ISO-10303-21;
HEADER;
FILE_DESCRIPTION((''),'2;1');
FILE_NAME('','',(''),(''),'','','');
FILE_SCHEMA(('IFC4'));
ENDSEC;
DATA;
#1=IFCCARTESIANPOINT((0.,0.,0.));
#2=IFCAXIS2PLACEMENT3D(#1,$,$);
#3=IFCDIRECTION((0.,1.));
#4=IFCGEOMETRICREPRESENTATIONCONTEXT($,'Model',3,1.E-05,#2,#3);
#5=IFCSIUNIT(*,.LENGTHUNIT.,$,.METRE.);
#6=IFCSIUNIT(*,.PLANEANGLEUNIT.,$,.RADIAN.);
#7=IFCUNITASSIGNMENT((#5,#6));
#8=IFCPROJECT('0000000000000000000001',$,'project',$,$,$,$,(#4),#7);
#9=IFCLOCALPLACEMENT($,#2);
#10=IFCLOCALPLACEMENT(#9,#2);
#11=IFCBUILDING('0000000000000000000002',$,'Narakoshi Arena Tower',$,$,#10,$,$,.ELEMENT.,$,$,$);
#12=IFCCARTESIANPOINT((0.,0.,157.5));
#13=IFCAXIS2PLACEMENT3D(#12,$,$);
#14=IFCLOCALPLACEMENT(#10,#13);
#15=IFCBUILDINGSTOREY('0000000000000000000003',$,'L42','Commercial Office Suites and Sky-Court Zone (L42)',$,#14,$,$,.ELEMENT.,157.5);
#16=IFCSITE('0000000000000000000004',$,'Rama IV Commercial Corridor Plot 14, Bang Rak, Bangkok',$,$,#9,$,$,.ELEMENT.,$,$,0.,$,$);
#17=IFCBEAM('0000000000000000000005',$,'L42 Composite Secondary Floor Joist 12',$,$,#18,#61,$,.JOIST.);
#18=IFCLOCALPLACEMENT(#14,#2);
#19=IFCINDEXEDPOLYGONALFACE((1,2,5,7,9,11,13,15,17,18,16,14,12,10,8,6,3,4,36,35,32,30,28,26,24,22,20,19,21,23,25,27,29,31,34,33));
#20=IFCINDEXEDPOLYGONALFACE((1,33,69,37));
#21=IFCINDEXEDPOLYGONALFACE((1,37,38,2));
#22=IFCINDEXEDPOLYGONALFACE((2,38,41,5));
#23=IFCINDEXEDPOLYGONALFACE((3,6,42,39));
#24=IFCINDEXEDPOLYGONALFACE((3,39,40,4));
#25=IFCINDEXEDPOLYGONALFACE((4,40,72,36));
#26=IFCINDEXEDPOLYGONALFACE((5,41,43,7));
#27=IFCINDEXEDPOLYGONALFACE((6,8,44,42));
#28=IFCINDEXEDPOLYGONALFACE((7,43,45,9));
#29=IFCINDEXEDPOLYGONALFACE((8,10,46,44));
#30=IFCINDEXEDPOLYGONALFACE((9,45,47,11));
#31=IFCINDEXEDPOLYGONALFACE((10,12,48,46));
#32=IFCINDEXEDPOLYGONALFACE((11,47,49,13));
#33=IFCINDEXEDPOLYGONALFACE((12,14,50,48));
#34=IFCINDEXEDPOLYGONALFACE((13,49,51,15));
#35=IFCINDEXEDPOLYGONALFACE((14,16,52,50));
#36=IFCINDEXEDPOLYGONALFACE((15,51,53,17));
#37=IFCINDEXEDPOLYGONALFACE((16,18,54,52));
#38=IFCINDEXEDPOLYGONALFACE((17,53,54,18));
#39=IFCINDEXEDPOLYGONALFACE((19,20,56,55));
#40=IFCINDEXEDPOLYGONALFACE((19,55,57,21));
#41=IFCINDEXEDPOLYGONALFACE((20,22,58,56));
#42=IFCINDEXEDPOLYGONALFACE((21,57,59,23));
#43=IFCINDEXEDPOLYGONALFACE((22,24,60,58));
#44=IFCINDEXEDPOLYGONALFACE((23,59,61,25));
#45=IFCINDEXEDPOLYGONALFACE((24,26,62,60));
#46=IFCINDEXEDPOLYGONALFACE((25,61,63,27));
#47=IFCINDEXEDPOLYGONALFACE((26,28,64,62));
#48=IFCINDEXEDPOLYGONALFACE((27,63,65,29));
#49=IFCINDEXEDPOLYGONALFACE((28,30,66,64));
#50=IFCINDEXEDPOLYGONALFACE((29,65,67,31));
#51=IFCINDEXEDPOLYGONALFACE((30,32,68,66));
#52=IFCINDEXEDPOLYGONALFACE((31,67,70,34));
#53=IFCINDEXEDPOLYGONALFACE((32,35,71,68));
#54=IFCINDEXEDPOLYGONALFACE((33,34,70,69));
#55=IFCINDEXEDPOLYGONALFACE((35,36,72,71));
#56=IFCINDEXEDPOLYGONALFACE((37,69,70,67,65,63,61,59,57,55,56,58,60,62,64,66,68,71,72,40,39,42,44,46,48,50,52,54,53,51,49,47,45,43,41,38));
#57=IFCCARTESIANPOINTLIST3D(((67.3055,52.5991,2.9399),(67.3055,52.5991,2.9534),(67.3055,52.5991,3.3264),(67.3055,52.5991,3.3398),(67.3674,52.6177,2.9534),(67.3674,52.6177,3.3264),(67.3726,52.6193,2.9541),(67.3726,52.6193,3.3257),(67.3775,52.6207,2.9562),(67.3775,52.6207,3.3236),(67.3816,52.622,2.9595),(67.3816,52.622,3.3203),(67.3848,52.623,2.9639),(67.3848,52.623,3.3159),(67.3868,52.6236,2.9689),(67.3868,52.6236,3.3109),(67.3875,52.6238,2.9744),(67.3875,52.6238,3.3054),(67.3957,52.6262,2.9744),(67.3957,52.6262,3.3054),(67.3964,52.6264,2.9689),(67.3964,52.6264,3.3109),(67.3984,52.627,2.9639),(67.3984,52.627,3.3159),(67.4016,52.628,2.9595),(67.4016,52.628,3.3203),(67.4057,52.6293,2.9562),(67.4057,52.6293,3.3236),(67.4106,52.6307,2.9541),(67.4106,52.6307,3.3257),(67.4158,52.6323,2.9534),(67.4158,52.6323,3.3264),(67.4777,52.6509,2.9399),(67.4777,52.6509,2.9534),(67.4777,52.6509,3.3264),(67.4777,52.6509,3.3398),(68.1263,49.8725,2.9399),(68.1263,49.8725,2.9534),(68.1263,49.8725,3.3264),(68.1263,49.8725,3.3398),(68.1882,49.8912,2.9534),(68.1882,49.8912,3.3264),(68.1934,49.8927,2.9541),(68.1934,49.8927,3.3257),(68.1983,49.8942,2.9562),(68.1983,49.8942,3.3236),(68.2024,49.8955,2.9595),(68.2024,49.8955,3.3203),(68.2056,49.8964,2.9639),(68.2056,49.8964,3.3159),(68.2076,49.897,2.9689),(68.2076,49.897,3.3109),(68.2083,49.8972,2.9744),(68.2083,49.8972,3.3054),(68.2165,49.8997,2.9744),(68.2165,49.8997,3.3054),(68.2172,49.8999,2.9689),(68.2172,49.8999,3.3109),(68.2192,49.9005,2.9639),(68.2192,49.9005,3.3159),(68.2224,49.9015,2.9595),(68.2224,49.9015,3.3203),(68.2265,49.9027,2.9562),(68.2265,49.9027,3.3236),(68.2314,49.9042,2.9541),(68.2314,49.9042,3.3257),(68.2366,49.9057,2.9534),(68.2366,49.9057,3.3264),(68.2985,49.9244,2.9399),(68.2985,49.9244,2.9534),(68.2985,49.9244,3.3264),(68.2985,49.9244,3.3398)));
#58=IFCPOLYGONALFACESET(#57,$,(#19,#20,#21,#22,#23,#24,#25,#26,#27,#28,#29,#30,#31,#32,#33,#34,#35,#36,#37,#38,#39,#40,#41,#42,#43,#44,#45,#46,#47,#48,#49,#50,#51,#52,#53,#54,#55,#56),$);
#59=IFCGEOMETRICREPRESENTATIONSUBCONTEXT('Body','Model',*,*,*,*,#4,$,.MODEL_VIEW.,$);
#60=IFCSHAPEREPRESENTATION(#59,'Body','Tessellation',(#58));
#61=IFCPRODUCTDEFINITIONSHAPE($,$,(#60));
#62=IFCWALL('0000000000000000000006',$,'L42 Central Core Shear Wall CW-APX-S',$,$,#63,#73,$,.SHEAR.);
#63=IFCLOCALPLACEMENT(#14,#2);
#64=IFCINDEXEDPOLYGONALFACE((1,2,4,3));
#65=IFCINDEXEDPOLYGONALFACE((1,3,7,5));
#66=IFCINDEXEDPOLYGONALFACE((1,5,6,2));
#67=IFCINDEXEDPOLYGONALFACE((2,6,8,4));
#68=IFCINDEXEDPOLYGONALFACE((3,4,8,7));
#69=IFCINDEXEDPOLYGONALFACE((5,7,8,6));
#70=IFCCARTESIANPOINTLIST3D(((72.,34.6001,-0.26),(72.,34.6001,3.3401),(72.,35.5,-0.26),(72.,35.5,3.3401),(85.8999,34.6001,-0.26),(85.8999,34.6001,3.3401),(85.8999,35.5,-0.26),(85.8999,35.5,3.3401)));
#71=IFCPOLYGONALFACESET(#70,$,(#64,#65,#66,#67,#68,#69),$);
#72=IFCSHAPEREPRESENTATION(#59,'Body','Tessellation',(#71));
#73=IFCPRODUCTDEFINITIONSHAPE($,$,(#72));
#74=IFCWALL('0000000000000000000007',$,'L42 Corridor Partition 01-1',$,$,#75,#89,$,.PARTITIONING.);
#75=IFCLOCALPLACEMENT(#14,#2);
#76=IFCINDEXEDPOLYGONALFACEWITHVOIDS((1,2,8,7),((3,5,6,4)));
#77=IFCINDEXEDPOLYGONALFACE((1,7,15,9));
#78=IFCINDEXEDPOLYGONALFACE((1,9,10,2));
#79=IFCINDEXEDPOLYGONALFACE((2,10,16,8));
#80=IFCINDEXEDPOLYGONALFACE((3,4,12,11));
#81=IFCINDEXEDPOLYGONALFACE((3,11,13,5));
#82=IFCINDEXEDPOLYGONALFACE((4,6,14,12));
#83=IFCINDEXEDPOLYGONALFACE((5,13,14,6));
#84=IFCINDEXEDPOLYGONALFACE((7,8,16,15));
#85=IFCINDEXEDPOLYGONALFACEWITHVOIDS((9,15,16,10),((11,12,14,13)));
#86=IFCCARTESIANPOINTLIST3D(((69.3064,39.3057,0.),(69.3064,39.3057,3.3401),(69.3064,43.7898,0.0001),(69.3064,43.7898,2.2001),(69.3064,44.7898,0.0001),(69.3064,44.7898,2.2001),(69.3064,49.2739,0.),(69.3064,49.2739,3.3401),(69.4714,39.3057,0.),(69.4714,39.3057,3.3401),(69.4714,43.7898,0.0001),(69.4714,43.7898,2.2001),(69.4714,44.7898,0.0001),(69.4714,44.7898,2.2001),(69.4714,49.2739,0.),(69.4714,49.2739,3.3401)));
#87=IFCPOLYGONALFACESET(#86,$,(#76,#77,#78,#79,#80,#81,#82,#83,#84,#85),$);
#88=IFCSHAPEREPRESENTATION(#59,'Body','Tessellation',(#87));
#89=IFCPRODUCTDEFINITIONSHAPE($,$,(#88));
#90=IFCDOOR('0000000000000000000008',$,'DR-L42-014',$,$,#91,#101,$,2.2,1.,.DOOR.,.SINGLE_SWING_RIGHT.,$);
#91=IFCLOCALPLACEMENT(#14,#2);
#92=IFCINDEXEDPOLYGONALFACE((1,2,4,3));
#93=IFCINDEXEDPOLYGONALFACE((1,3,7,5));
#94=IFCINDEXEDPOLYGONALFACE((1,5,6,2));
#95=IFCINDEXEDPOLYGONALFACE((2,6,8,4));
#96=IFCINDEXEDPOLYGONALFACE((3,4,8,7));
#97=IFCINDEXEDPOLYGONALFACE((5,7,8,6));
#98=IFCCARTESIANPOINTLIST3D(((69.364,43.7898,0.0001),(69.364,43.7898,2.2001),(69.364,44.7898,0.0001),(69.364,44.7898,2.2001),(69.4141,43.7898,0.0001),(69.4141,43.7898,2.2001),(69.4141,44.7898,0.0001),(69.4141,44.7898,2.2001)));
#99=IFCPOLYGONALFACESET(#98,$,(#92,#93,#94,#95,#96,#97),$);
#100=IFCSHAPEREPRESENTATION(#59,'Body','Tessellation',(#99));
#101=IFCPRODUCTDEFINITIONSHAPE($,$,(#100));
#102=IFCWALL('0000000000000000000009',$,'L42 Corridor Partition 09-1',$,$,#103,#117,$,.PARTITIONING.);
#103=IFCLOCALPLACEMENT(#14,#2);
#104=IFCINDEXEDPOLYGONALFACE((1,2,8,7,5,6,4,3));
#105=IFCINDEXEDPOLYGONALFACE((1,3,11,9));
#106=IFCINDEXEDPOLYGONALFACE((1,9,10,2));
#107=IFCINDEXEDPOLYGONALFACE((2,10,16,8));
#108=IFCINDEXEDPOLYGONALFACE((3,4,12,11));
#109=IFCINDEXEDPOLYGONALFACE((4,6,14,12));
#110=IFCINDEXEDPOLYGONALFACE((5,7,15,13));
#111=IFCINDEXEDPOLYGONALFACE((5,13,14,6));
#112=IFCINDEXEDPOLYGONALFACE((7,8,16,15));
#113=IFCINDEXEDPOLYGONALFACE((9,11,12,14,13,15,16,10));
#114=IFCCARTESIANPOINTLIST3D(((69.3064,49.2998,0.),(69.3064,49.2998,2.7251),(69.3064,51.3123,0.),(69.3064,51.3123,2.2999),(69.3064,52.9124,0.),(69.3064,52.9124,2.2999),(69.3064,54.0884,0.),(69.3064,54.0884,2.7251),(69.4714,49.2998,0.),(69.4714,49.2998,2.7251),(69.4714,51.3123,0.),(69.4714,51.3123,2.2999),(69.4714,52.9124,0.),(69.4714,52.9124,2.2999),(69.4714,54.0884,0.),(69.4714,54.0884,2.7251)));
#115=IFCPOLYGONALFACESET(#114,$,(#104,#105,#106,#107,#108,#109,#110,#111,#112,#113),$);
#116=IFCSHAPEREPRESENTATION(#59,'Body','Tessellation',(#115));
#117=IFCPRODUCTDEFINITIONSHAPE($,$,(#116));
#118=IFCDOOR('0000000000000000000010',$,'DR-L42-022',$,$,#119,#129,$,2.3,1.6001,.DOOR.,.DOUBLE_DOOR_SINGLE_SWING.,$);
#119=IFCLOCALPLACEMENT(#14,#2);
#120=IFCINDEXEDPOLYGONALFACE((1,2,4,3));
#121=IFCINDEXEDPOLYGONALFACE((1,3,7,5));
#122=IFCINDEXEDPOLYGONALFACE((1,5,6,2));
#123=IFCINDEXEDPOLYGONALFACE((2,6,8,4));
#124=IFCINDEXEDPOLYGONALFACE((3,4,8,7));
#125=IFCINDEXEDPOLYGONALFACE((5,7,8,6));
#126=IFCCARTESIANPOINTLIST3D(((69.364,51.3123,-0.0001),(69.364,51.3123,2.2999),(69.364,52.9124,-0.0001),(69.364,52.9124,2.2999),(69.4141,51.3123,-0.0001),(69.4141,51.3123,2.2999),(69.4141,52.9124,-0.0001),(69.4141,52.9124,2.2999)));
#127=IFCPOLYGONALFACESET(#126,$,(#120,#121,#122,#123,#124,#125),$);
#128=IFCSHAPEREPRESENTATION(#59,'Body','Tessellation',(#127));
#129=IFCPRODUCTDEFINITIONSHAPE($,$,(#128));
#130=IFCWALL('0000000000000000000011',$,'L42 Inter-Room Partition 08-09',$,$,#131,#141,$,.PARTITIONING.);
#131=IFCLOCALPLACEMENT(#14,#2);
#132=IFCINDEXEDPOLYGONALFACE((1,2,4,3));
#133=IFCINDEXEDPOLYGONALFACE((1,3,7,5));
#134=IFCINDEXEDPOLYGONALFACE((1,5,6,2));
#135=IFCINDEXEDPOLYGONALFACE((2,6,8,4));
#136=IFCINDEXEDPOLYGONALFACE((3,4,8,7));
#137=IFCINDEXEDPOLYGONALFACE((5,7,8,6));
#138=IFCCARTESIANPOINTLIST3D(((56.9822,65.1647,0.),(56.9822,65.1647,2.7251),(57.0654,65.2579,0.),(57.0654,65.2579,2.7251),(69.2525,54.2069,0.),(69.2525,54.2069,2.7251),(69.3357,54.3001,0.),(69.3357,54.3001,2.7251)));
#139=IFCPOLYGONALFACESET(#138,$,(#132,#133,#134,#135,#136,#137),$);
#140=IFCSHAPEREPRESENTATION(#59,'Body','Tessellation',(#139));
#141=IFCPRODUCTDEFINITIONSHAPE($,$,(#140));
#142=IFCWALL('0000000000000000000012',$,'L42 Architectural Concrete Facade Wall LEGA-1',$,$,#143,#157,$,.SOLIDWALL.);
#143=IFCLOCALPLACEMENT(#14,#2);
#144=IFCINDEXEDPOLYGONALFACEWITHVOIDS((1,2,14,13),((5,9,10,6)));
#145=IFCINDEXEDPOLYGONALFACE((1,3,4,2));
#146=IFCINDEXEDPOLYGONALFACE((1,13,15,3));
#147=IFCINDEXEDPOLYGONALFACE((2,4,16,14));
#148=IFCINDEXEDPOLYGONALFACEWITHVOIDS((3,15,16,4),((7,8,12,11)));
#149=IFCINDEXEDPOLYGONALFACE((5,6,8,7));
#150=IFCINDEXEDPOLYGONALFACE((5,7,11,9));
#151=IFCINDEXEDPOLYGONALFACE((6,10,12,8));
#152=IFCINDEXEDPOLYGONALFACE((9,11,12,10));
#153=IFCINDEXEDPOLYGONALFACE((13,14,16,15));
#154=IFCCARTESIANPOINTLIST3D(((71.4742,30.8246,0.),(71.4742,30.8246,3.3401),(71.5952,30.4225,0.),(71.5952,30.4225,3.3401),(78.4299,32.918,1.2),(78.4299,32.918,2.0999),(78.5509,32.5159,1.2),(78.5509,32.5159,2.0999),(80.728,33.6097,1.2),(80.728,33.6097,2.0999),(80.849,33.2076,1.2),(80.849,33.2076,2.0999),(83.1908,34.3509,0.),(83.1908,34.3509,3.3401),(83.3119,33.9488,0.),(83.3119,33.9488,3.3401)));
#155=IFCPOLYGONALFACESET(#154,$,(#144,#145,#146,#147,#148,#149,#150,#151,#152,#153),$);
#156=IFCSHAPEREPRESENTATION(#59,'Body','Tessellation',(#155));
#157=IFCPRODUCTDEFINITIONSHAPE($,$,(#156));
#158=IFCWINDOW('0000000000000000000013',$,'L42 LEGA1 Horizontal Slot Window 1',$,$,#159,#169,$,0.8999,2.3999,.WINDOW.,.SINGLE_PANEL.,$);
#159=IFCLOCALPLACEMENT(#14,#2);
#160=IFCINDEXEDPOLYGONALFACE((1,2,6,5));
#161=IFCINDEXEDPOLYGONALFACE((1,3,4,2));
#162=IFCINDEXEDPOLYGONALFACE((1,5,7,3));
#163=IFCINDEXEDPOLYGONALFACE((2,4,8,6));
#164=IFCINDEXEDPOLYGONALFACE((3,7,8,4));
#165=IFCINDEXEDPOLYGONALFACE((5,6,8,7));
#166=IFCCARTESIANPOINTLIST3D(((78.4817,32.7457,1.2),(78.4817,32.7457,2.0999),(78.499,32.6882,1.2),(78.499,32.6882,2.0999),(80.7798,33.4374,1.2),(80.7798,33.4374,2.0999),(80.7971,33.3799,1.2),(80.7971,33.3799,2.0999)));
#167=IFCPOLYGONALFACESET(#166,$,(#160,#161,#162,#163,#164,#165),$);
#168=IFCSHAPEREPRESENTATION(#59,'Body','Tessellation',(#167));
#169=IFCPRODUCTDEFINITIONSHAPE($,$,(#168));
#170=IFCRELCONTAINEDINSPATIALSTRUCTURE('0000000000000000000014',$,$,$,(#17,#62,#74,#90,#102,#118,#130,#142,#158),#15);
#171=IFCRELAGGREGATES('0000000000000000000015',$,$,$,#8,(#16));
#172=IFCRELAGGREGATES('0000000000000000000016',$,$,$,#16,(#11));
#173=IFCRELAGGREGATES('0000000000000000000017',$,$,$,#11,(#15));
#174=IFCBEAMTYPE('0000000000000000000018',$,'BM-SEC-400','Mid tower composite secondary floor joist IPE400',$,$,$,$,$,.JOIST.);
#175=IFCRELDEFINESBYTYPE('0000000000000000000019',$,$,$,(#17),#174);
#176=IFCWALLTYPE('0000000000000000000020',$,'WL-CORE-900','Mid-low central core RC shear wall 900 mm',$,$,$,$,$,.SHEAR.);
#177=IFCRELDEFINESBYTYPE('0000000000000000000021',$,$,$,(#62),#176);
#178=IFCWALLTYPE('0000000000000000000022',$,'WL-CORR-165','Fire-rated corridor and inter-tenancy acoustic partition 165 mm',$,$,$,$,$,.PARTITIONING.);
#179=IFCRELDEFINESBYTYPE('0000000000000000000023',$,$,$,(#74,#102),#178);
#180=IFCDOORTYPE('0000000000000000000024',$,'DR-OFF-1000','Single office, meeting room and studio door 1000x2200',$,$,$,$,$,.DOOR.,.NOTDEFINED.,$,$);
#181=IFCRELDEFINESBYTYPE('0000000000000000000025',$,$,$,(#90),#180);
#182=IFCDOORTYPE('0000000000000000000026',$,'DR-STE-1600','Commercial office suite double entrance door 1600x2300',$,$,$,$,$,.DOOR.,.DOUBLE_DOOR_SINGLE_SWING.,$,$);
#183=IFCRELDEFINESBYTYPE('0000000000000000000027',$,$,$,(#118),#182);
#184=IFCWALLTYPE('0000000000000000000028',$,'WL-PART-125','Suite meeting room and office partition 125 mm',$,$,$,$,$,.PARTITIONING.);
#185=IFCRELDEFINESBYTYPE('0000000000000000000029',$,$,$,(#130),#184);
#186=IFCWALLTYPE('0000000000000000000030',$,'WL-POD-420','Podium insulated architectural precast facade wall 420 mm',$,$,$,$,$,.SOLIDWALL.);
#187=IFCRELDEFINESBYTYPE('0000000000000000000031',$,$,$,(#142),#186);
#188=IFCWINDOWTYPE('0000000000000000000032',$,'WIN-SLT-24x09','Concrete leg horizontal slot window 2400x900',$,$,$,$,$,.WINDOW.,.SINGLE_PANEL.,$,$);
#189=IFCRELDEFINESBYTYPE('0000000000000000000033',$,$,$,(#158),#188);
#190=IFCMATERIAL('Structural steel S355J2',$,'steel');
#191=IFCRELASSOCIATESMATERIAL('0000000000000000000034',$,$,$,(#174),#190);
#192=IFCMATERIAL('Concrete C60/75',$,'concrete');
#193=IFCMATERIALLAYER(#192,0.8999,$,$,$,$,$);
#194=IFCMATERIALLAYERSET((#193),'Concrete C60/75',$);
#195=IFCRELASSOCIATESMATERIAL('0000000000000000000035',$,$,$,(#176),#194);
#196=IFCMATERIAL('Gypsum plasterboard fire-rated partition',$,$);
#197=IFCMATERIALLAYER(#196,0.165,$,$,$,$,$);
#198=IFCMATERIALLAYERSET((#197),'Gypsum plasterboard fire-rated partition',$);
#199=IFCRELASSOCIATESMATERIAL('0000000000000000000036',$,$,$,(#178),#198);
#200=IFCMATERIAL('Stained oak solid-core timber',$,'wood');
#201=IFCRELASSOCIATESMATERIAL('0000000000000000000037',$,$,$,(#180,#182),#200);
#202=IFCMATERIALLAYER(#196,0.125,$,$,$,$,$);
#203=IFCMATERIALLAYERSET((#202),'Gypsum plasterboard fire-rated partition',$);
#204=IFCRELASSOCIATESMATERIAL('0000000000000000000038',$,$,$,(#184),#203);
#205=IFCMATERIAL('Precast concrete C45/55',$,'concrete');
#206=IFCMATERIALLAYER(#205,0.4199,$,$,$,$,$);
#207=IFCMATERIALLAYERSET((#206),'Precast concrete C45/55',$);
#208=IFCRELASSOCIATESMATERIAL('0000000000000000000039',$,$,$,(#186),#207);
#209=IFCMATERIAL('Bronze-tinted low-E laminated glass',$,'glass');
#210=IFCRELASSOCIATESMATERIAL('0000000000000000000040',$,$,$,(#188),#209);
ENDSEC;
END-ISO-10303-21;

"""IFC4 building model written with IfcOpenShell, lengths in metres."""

from ifc_helpers import new_model, si_unit, direction, frame, frame_2d, origin, origin_2d, place, context, subcontext, project, spatial, rectangle, i_section, extrude, material, layer, layer_set, material_profile, profile_set, type_object, element, fill, save


model = new_model("IFC4")

# Units and contexts
model_context = context("Model", 3, precision=1e-05, world=origin(), true_north=direction((0.0, 1.0)))
body_context = subcontext(model_context, "Body", "Model", "MODEL_VIEW")
ifc_project = project(units=[si_unit("LENGTHUNIT", "METRE"), si_unit("PLANEANGLEUNIT", "RADIAN")], contexts=[model_context])

# Site, building, storey
site_placement = place(None, origin())
site = spatial("IfcSite", under=ifc_project, at=site_placement, Name="Rama IV Commercial Corridor Plot 14, Bang Rak, Bangkok", CompositionType="ELEMENT", RefElevation=0.0)
building_placement = place(site_placement, origin())
building = spatial("IfcBuilding", under=site, at=building_placement, Name="Narakoshi Arena Tower", CompositionType="ELEMENT")
storey_placement = place(building_placement, frame((0.0, 0.0, 157.5)))
storey = spatial("IfcBuildingStorey", under=building, at=storey_placement, Name="L42", Description="Commercial Office Suites and Sky-Court Zone (L42)", CompositionType="ELEMENT", Elevation=157.5)

# Beam
ifc_material_1 = material(Name="Structural steel S355J2", Category="steel")
ifc_material_profile = material_profile(ifc_material_1, i_section(OverallWidth=0.1799, OverallDepth=0.3999, WebThickness=0.0085, FlangeThickness=0.0134, FilletRadius=0.021, at=origin_2d()), Name="IPE400")
ifc_profile_set = profile_set([ifc_material_profile], Name="Structural steel S355J2")
beam_type = type_object("IfcBeamType", Name="BM-SEC-400", Description="Mid tower composite secondary floor joist IPE400", PredefinedType="JOIST", material=ifc_profile_set)
beam_placement = place(storey_placement, frame((67.3916, 52.625, 3.1399), z_axis=(0.28826, -0.957552, 0.0), x_axis=(0.957552, 0.28826, 0.0)))
element("IfcBeam", 1, at=beam_placement, inside=storey, type_object=beam_type, Name="L42 Composite Secondary Floor Joist 12", PredefinedType="JOIST", context=body_context, shape_type="SweptSolid", body=[
    extrude(i_section(OverallWidth=0.1799, OverallDepth=0.3999, WebThickness=0.0085, FlangeThickness=0.0134, FilletRadius=0.021, at=origin_2d()), origin(), (0.0, 0.0, 1.0), 2.8474),
])

# Wall
ifc_material_2 = material(Name="Concrete C60/75", Category="concrete")
ifc_layer_1 = layer(ifc_material_2, 0.8999)
ifc_layer_set_1 = layer_set([ifc_layer_1], Name="Concrete C60/75")
wall_type_1 = type_object("IfcWallType", Name="WL-CORE-900", Description="Mid-low central core RC shear wall 900 mm", PredefinedType="SHEAR", material=ifc_layer_set_1)
wall_1_placement = place(storey_placement, frame((72.0, 35.05, -0.26), z_axis=(0.0, 0.0, 1.0), x_axis=(1.0, 0.0, 0.0)))
element("IfcWall", 2, at=wall_1_placement, inside=storey, type_object=wall_type_1, Name="L42 Central Core Shear Wall CW-APX-S", PredefinedType="SHEAR", context=body_context, shape_type="SweptSolid", body=[
    extrude(rectangle(XDim=13.8999, YDim=0.8999, at=frame_2d((6.95, 0.0))), origin(), (0.0, 0.0, 1.0), 3.6001),
])

# Walls, openings, doors
ifc_material_3 = material(Name="Gypsum plasterboard fire-rated partition")
ifc_layer_2 = layer(ifc_material_3, 0.165)
ifc_layer_set_2 = layer_set([ifc_layer_2], Name="Gypsum plasterboard fire-rated partition")
wall_type_2 = type_object("IfcWallType", Name="WL-CORR-165", Description="Fire-rated corridor and inter-tenancy acoustic partition 165 mm", PredefinedType="PARTITIONING", material=ifc_layer_set_2)
wall_2_placement = place(storey_placement, frame((69.3889, 49.2739, 0.0), z_axis=(0.0, 0.0, 1.0), x_axis=(0.0, -1.0, 0.0)))
wall_2 = element("IfcWall", 3, at=wall_2_placement, inside=storey, type_object=wall_type_2, Name="L42 Corridor Partition 01-1", PredefinedType="PARTITIONING", context=body_context, shape_type="SweptSolid", body=[
    extrude(rectangle(XDim=9.9683, YDim=0.165, at=frame_2d((4.9841, 0.0))), origin(), (0.0, 0.0, 1.0), 3.3401),
])
opening_1_placement = place(wall_2_placement, frame((4.4841, 0.0, 0.0)))
opening_1 = element("IfcOpeningElement", 4, at=opening_1_placement, cuts=wall_2, PredefinedType="OPENING", context=body_context, shape_type="SweptSolid", body=[
    extrude(rectangle(XDim=1.0, YDim=2.2, at=frame_2d((0.5, 1.1001))), frame((0.0, 0.0925, 0.0), z_axis=(0.0, -1.0, 0.0), x_axis=(1.0, 0.0, 0.0)), (0.0, 0.0, 1.0), 0.1851),
])
ifc_material_4 = material(Name="Stained oak solid-core timber", Category="wood")
door_type_1 = type_object("IfcDoorType", Name="DR-OFF-1000", Description="Single office, meeting room and studio door 1000x2200", OperationType="NOTDEFINED", PredefinedType="DOOR", material=ifc_material_4)
door_1_placement = place(opening_1_placement, frame((1.0, 0.0, 0.0), z_axis=(0.0, 0.0, 1.0), x_axis=(-1.0, 0.0, 0.0)))
door_1 = element("IfcDoor", 5, at=door_1_placement, inside=storey, type_object=door_type_1, Name="DR-L42-014", OperationType="SINGLE_SWING_RIGHT", OverallHeight=2.2, OverallWidth=1.0, PredefinedType="DOOR", context=body_context, shape_type="SweptSolid", body=[
    extrude(rectangle(XDim=1.0, YDim=2.2, at=frame_2d((0.5, 1.1001))), frame((0.0, 0.0249, 0.0), z_axis=(0.0, -1.0, 0.0), x_axis=(1.0, 0.0, 0.0)), (0.0, 0.0, 1.0), 0.05),
])
fill(opening_1, door_1)
wall_3_placement = place(storey_placement, frame((69.3889, 54.0884, 0.0), z_axis=(0.0, 0.0, 1.0), x_axis=(0.0, -1.0, 0.0)))
wall_3 = element("IfcWall", 6, at=wall_3_placement, inside=storey, type_object=wall_type_2, Name="L42 Corridor Partition 09-1", PredefinedType="PARTITIONING", context=body_context, shape_type="SweptSolid", body=[
    extrude(rectangle(XDim=4.7886, YDim=0.165, at=frame_2d((2.3943, 0.0))), origin(), (0.0, 0.0, 1.0), 2.7251),
])
opening_2_placement = place(wall_3_placement, frame((1.176, 0.0, 0.0)))
opening_2 = element("IfcOpeningElement", 7, at=opening_2_placement, cuts=wall_3, PredefinedType="OPENING", context=body_context, shape_type="SweptSolid", body=[
    extrude(rectangle(XDim=1.6001, YDim=2.3, at=frame_2d((0.8, 1.1499))), frame((0.0, 0.0925, 0.0), z_axis=(0.0, -1.0, 0.0), x_axis=(1.0, 0.0, 0.0)), (0.0, 0.0, 1.0), 0.1851),
])
door_type_2 = type_object("IfcDoorType", Name="DR-STE-1600", Description="Commercial office suite double entrance door 1600x2300", OperationType="DOUBLE_DOOR_SINGLE_SWING", PredefinedType="DOOR", material=ifc_material_4)
door_2_placement = place(opening_2_placement, frame((1.6001, 0.0, 0.0), z_axis=(0.0, 0.0, 1.0), x_axis=(-1.0, 0.0, 0.0)))
door_2 = element("IfcDoor", 8, at=door_2_placement, inside=storey, type_object=door_type_2, Name="DR-L42-022", OperationType="DOUBLE_DOOR_SINGLE_SWING", OverallHeight=2.3, OverallWidth=1.6001, PredefinedType="DOOR", context=body_context, shape_type="SweptSolid", body=[
    extrude(rectangle(XDim=1.6001, YDim=2.3, at=frame_2d((0.8, 1.1499))), frame((0.0, 0.0249, 0.0), z_axis=(0.0, -1.0, 0.0), x_axis=(1.0, 0.0, 0.0)), (0.0, 0.0, 1.0), 0.05),
])
fill(opening_2, door_2)

# Wall
ifc_layer_3 = layer(ifc_material_3, 0.125)
ifc_layer_set_3 = layer_set([ifc_layer_3], Name="Gypsum plasterboard fire-rated partition")
wall_type_3 = type_object("IfcWallType", Name="WL-PART-125", Description="Suite meeting room and office partition 125 mm", PredefinedType="PARTITIONING", material=ifc_layer_set_3)
wall_4_placement = place(storey_placement, frame((69.2942, 54.2534, 0.0), z_axis=(0.0, 0.0, 1.0), x_axis=(-0.745872, 0.666089, 0.0)))
element("IfcWall", 9, at=wall_4_placement, inside=storey, type_object=wall_type_3, Name="L42 Inter-Room Partition 08-09", PredefinedType="PARTITIONING", context=body_context, shape_type="SweptSolid", body=[
    extrude(rectangle(XDim=16.4509, YDim=0.125, at=frame_2d((8.2256, 0.0))), origin(), (0.0, 0.0, 1.0), 2.7251),
])

# Wall, opening, window
ifc_material_5 = material(Name="Precast concrete C45/55", Category="concrete")
ifc_layer_4 = layer(ifc_material_5, 0.4199)
ifc_layer_set_4 = layer_set([ifc_layer_4], Name="Precast concrete C45/55")
wall_type_4 = type_object("IfcWallType", Name="WL-POD-420", Description="Podium insulated architectural precast facade wall 420 mm", PredefinedType="SOLIDWALL", material=ifc_layer_set_4)
wall_5_placement = place(storey_placement, frame((71.5347, 30.6235, 0.0), z_axis=(0.0, 0.0, 1.0), x_axis=(0.957571, 0.288197, 0.0)))
wall_5 = element("IfcWall", 10, at=wall_5_placement, inside=storey, type_object=wall_type_4, Name="L42 Architectural Concrete Facade Wall LEGA-1", PredefinedType="SOLIDWALL", context=body_context, shape_type="SweptSolid", body=[
    extrude(rectangle(XDim=12.2358, YDim=0.4199, at=frame_2d((6.1179, 0.0))), origin(), (0.0, 0.0, 1.0), 3.3401),
])
opening_3_placement = place(wall_5_placement, frame((7.2639, 0.0, 1.2)))
opening_3 = element("IfcOpeningElement", 11, at=opening_3_placement, cuts=wall_5, PredefinedType="OPENING", context=body_context, shape_type="SweptSolid", body=[
    extrude(rectangle(XDim=2.3999, YDim=0.8999, at=frame_2d((1.2, 0.45))), frame((0.0, 0.22, 0.0), z_axis=(0.0, -1.0, 0.0), x_axis=(1.0, 0.0, 0.0)), (0.0, 0.0, 1.0), 0.4399),
])
ifc_material_6 = material(Name="Bronze-tinted low-E laminated glass", Category="glass")
window_type_1 = type_object("IfcWindowType", Name="WIN-SLT-24x09", Description="Concrete leg horizontal slot window 2400x900", PartitioningType="SINGLE_PANEL", PredefinedType="WINDOW", material=ifc_material_6)
window_1_placement = place(opening_3_placement, origin())
window_1 = element("IfcWindow", 12, at=window_1_placement, inside=storey, type_object=window_type_1, Name="L42 LEGA1 Horizontal Slot Window 1", OverallHeight=0.8999, OverallWidth=2.3999, PartitioningType="SINGLE_PANEL", PredefinedType="WINDOW", context=body_context, shape_type="SweptSolid", body=[
    extrude(rectangle(XDim=2.3999, YDim=0.8999, at=frame_2d((1.2, 0.45))), frame((0.0, 0.03, 0.0), z_axis=(0.0, -1.0, 0.0), x_axis=(1.0, 0.0, 0.0)), (0.0, 0.0, 1.0), 0.0601),
])
fill(opening_3, window_1)

save(model, "model.ifc")
